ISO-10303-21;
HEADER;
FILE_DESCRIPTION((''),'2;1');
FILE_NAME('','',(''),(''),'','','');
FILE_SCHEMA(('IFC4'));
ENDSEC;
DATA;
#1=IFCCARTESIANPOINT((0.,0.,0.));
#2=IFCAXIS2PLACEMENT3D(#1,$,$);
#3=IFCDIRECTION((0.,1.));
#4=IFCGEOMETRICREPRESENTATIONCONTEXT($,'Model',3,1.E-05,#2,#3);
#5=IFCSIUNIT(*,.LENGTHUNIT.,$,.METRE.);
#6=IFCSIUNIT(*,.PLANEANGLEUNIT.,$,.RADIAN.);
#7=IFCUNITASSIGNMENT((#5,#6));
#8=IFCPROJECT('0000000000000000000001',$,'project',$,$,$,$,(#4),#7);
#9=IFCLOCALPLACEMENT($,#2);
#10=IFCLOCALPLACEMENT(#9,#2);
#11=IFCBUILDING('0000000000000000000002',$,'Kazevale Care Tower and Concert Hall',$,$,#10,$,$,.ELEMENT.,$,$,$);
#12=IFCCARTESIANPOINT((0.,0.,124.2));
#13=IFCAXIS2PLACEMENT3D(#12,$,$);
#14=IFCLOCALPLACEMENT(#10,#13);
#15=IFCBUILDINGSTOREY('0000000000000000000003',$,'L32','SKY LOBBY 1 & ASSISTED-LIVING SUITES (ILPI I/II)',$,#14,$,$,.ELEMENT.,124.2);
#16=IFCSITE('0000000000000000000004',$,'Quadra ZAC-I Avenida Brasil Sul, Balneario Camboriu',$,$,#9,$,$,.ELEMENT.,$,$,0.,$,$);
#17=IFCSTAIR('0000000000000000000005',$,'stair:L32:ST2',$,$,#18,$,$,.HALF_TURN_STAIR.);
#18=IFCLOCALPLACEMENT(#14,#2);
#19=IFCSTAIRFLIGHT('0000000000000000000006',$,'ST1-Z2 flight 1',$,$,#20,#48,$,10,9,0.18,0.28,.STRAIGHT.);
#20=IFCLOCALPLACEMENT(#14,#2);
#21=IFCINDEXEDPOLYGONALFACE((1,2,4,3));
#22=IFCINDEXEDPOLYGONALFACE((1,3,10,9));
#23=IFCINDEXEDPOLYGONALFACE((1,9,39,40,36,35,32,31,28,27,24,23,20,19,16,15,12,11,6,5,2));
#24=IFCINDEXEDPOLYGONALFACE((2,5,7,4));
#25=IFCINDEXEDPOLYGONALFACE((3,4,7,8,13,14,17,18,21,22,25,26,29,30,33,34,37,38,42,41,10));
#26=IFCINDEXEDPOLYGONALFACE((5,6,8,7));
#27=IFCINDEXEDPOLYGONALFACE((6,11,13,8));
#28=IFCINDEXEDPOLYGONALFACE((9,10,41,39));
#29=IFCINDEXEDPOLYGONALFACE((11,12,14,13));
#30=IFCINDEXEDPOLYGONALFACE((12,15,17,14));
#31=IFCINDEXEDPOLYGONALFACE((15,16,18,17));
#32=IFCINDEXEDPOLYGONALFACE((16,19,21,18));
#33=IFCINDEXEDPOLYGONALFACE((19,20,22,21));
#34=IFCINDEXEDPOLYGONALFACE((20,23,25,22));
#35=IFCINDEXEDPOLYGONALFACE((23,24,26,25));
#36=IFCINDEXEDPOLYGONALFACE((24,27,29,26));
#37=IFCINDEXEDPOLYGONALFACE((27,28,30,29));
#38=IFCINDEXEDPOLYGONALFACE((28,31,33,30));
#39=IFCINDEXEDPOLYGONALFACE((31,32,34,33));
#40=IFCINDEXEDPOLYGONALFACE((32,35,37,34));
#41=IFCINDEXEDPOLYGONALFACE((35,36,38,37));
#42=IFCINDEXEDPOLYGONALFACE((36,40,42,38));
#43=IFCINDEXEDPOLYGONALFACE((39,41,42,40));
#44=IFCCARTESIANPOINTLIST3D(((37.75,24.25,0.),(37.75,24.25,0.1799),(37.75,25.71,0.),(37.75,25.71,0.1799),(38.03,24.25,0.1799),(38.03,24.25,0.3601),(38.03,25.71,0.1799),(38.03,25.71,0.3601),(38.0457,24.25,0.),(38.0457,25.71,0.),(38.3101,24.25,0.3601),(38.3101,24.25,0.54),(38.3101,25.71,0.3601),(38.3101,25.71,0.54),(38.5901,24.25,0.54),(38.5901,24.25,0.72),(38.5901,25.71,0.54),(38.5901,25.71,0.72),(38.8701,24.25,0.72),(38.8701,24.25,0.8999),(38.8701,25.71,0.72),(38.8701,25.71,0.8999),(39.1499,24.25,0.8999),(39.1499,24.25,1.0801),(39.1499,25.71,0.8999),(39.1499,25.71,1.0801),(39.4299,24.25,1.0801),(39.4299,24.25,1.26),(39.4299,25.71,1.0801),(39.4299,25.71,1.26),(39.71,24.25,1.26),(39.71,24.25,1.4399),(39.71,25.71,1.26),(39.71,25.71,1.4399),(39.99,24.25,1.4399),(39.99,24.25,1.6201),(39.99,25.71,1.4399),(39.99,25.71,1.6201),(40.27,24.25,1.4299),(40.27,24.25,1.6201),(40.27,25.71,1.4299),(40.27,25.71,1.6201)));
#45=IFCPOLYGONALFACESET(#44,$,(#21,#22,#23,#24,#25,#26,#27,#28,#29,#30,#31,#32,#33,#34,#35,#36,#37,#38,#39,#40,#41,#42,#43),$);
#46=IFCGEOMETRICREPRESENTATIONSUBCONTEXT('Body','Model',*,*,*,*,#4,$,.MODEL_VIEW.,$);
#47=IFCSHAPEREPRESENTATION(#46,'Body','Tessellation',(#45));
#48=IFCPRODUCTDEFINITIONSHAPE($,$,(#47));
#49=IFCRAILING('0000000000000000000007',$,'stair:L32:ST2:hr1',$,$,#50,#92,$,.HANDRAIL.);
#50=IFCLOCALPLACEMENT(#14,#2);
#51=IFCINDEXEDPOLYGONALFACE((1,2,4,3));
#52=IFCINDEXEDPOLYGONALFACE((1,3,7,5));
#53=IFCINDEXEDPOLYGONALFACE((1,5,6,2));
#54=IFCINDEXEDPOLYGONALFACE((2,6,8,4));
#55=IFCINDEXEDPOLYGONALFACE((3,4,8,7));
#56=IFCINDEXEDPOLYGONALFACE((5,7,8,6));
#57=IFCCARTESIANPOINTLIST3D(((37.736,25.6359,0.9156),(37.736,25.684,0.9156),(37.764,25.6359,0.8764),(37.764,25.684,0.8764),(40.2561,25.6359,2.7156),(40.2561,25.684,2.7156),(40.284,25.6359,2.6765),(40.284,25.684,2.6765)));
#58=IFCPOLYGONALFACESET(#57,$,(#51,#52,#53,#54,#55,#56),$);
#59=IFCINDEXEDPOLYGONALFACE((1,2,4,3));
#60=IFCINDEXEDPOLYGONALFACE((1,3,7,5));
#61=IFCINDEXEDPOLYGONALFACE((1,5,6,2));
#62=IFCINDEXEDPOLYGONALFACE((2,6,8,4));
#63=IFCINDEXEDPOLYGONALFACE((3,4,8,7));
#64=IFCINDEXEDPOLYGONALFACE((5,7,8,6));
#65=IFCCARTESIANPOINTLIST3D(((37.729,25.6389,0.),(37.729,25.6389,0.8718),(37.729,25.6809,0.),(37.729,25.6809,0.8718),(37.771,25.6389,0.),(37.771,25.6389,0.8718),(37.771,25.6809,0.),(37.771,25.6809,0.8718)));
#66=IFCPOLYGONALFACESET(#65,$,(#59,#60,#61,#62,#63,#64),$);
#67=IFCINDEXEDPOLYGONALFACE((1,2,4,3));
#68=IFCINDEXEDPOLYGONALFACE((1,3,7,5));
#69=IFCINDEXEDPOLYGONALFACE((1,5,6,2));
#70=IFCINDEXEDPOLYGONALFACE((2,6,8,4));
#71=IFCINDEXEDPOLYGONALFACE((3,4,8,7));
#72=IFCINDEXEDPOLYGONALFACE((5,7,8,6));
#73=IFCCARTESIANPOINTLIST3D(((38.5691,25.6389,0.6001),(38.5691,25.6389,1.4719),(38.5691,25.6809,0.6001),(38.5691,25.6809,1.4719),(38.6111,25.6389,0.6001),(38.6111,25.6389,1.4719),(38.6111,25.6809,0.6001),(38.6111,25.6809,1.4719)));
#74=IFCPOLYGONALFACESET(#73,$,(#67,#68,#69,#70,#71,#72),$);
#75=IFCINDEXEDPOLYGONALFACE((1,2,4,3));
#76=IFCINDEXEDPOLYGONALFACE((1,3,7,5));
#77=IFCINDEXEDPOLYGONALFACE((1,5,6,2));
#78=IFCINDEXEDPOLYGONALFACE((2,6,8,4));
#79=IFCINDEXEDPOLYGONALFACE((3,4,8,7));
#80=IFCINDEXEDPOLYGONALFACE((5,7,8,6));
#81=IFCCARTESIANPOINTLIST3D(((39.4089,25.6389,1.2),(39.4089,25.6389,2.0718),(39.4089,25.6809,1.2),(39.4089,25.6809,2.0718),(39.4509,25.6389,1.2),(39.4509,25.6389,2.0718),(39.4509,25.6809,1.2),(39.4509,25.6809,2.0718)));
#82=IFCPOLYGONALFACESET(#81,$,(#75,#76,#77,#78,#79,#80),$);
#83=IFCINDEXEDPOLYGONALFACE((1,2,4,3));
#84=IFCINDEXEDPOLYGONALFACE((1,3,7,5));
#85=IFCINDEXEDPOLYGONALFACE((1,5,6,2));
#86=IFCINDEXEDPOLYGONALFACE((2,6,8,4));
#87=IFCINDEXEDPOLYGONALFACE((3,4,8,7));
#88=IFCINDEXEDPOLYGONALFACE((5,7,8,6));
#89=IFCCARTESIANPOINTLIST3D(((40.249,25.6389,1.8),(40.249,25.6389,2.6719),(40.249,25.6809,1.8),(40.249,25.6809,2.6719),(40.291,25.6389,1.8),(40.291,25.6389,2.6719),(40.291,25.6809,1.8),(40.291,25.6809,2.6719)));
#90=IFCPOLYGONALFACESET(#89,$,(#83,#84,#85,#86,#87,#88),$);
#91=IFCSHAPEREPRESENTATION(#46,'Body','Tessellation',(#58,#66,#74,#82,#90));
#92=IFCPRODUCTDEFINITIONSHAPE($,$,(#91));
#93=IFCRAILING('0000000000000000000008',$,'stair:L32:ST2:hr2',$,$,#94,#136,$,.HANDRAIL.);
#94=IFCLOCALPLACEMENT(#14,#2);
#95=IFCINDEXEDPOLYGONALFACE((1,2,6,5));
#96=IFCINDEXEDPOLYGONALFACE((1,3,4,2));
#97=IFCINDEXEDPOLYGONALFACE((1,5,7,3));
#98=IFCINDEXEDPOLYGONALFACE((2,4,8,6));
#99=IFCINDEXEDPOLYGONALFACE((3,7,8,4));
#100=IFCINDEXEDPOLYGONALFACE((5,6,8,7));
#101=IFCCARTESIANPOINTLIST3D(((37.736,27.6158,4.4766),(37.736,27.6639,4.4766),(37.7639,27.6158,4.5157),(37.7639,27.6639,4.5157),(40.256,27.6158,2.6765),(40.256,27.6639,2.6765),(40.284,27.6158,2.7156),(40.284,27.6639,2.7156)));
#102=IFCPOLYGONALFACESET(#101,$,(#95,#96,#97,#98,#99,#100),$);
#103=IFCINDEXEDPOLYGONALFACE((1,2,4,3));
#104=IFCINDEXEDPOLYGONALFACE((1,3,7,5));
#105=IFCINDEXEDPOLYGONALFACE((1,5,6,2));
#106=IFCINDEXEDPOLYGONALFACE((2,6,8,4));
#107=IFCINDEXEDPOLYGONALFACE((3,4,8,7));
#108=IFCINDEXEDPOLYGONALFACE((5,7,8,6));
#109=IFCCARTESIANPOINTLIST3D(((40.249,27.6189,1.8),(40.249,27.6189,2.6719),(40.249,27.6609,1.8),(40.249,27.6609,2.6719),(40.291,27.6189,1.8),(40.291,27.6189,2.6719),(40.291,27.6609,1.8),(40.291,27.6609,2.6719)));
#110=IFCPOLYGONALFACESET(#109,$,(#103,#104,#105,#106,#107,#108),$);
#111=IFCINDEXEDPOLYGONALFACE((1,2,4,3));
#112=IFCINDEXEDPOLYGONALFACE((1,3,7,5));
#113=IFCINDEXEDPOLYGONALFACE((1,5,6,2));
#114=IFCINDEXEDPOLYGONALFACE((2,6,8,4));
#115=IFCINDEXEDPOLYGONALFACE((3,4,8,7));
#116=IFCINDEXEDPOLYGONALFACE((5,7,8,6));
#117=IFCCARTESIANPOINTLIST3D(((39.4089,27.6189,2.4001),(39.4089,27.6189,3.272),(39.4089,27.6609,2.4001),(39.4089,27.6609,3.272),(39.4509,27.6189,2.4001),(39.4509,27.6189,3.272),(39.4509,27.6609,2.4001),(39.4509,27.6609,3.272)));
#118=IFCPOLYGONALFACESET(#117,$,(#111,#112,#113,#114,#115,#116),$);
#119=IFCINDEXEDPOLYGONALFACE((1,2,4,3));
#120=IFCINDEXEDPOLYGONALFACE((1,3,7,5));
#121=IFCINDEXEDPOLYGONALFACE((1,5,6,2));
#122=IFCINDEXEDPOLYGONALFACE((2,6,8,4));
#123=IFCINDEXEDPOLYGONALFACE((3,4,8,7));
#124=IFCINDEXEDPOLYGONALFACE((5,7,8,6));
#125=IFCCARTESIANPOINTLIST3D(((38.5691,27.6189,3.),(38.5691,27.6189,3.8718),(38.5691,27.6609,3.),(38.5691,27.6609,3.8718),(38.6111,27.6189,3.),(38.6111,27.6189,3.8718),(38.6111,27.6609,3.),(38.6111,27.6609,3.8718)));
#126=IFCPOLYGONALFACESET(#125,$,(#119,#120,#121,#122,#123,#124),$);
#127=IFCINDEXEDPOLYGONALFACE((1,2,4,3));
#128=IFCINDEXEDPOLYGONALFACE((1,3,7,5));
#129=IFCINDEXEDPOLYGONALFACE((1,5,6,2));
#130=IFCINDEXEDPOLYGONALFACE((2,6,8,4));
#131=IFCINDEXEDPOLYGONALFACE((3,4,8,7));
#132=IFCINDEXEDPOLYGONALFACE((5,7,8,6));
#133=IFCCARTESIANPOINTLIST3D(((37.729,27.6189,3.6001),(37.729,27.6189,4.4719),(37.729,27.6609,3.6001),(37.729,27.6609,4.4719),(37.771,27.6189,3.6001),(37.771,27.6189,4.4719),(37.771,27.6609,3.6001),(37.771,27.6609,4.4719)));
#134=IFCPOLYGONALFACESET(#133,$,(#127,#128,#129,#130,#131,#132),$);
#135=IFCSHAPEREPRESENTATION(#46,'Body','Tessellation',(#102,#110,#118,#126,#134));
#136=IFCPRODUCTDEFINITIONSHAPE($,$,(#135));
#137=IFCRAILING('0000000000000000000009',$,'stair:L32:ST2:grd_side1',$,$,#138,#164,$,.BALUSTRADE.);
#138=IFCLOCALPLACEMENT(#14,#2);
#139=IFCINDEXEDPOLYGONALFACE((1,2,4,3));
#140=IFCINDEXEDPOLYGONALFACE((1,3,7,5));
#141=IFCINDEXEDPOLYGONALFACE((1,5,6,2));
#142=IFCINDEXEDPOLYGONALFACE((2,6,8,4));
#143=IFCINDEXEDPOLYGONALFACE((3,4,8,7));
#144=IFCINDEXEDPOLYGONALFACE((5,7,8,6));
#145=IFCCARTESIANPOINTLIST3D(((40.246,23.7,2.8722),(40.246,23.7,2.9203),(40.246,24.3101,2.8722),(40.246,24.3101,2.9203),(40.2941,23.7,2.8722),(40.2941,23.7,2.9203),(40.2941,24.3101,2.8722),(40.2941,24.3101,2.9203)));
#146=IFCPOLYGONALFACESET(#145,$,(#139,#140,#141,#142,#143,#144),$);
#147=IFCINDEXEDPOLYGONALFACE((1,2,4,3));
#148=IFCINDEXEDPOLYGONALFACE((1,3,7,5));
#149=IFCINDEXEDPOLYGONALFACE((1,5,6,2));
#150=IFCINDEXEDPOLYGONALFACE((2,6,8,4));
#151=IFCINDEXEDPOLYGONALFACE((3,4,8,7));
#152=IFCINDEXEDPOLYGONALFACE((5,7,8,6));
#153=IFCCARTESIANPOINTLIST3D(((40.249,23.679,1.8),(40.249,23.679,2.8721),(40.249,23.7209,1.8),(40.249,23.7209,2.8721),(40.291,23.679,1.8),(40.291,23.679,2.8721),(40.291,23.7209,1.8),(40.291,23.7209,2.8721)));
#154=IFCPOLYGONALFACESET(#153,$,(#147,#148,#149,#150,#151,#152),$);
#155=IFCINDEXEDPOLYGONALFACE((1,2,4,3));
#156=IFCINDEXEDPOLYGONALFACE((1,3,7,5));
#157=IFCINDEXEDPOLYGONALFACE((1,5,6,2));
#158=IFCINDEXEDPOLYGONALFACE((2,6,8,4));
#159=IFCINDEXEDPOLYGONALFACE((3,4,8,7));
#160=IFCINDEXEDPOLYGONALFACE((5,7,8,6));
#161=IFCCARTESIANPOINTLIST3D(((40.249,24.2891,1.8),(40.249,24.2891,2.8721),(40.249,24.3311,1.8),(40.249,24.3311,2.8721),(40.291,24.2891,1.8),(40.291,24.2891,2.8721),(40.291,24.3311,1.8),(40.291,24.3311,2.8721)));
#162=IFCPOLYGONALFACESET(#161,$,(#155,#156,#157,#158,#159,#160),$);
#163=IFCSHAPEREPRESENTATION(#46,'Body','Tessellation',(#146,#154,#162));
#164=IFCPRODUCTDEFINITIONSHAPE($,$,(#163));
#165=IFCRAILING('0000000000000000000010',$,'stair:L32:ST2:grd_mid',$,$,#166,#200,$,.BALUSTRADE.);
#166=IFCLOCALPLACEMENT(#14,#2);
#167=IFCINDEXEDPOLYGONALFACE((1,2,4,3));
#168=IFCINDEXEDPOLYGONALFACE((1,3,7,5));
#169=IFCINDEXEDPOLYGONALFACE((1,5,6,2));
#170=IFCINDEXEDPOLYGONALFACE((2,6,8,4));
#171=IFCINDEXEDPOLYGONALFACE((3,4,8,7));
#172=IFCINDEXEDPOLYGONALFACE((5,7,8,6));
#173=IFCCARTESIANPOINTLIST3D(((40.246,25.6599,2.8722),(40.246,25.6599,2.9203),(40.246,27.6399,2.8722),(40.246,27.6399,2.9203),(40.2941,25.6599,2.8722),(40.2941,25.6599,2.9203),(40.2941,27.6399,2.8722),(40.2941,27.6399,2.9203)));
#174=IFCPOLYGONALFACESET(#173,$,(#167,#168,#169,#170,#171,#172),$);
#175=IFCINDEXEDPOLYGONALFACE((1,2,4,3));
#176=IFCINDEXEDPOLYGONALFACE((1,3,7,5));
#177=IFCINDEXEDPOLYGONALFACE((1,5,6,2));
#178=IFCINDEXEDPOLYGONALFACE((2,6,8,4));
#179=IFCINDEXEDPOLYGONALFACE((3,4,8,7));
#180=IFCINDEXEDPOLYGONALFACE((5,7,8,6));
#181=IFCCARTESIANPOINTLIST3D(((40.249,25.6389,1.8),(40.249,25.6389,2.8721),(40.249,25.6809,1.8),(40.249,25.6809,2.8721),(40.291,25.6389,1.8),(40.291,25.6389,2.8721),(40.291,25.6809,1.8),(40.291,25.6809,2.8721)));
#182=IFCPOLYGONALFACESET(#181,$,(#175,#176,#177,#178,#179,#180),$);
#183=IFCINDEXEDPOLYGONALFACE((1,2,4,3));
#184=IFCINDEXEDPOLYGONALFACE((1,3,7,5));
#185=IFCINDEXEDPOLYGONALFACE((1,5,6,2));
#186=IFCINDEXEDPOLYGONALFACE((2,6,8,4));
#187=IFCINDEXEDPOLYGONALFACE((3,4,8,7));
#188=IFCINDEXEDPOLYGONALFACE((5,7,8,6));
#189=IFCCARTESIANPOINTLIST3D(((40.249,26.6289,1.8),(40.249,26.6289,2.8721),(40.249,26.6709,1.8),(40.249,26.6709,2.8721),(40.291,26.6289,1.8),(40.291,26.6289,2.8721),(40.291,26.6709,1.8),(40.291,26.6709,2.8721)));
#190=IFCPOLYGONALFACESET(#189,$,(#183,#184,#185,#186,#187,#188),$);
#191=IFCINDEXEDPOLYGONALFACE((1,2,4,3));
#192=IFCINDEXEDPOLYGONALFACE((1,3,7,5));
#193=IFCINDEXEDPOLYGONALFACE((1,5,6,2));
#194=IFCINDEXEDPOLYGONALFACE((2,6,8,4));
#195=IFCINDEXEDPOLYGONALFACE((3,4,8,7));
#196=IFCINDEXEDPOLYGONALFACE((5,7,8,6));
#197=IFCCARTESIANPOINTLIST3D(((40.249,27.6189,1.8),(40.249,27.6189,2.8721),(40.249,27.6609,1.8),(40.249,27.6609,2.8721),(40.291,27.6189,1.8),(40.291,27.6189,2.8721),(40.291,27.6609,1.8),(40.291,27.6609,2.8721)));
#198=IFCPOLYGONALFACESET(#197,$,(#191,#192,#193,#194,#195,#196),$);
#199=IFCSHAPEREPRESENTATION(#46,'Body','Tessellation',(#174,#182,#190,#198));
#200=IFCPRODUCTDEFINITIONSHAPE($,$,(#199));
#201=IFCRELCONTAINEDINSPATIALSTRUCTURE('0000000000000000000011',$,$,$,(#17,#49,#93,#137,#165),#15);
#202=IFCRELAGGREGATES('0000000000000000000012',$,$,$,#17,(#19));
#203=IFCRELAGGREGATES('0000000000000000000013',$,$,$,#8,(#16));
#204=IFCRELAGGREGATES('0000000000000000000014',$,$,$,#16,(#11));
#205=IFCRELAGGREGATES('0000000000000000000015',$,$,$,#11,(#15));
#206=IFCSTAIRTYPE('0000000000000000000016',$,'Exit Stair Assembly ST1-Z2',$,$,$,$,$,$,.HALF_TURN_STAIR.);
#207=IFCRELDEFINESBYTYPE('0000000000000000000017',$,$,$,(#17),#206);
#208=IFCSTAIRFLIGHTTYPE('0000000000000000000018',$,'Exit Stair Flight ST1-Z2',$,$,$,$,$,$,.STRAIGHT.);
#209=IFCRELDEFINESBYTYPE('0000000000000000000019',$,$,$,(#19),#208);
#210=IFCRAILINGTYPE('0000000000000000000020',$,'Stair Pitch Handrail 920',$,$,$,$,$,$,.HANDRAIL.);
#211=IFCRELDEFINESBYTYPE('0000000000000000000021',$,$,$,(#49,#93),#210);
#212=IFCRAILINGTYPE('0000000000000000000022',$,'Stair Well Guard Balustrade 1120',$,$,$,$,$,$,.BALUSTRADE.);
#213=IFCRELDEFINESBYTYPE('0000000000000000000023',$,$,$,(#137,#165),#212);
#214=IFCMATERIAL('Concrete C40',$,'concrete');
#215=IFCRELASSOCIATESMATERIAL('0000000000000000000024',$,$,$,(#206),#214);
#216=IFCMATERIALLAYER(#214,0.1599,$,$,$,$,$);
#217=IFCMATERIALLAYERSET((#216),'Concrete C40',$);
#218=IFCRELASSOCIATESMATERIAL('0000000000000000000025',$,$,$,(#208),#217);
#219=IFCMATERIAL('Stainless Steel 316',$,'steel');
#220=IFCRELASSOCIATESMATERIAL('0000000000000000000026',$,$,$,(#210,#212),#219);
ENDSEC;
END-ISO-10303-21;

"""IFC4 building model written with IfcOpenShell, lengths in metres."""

from ifc_helpers import new_model, si_unit, direction, frame, origin, origin_2d, place, context, subcontext, project, spatial, polyline, rectangle, outline, extrude, material, layer, layer_set, type_object, element, aggregate, save


model = new_model("IFC4")

# Units and contexts
model_context = context("Model", 3, precision=1e-05, world=origin(), true_north=direction((0.0, 1.0)))
body_context = subcontext(model_context, "Body", "Model", "MODEL_VIEW")
ifc_project = project(units=[si_unit("LENGTHUNIT", "METRE"), si_unit("PLANEANGLEUNIT", "RADIAN")], contexts=[model_context])

# Site, building, storey
site_placement = place(None, origin())
site = spatial("IfcSite", under=ifc_project, at=site_placement, Name="Quadra ZAC-I Avenida Brasil Sul, Balneario Camboriu", CompositionType="ELEMENT", RefElevation=0.0)
building_placement = place(site_placement, origin())
building = spatial("IfcBuilding", under=site, at=building_placement, Name="Kazevale Care Tower and Concert Hall", CompositionType="ELEMENT")
storey_placement = place(building_placement, frame((0.0, 0.0, 124.2)))
storey = spatial("IfcBuildingStorey", under=building, at=storey_placement, Name="L32", Description="SKY LOBBY 1 & ASSISTED-LIVING SUITES (ILPI I/II)", CompositionType="ELEMENT", Elevation=124.2)

# Stair, stair flight
ifc_material_1 = material(Name="Concrete C40", Category="concrete")
stair_type = type_object("IfcStairType", Name="Exit Stair Assembly ST1-Z2", PredefinedType="HALF_TURN_STAIR", material=ifc_material_1)
stair_placement = place(storey_placement, origin())
stair = element("IfcStair", 1, at=stair_placement, inside=storey, type_object=stair_type, Name="stair:L32:ST2", PredefinedType="HALF_TURN_STAIR")
ifc_layer_1 = layer(ifc_material_1, 0.1599)
ifc_layer_set_1 = layer_set([ifc_layer_1], Name="Concrete C40")
stair_flight_type = type_object("IfcStairFlightType", Name="Exit Stair Flight ST1-Z2", PredefinedType="STRAIGHT", material=ifc_layer_set_1)
stair_flight_placement = place(storey_placement, frame((37.75, 24.98, 0.0), z_axis=(0.0, 0.0, 1.0), x_axis=(1.0, 0.0, 0.0)))
stair_flight = element("IfcStairFlight", 2, at=stair_flight_placement, type_object=stair_flight_type, Name="ST1-Z2 flight 1", NumberOfRisers=10, NumberOfTreads=9, PredefinedType="STRAIGHT", RiserHeight=0.18, TreadLength=0.28, context=body_context, shape_type="SweptSolid", body=[
    extrude(outline(polyline([(0.0, 0.0), (0.0, 0.1799), (0.28, 0.1799), (0.28, 0.3601), (0.5601, 0.3601), (0.5601, 0.54), (0.8401, 0.54), (0.8401, 0.72), (1.1201, 0.72), (1.1201, 0.8999), (1.3999, 0.8999), (1.3999, 1.0801), (1.6799, 1.0801), (1.6799, 1.26), (1.96, 1.26), (1.96, 1.4399), (2.24, 1.4399), (2.24, 1.6201), (2.52, 1.6201), (2.52, 1.8), (2.52, 1.4299), (0.2957, 0.0), (0.0, 0.0)])), frame((0.0, 0.73, 0.0), z_axis=(0.0, -1.0, 0.0), x_axis=(1.0, 0.0, 0.0)), (0.0, 0.0, 1.0), 1.46),
])
aggregate(stair, [stair_flight])

# Railings
ifc_material_2 = material(Name="Stainless Steel 316", Category="steel")
railing_type_1 = type_object("IfcRailingType", Name="Stair Pitch Handrail 920", PredefinedType="HANDRAIL", material=ifc_material_2)
railing_1_placement = place(storey_placement, frame((37.75, 25.6599, 0.0)))
element("IfcRailing", 3, at=railing_1_placement, inside=storey, type_object=railing_type_1, Name="stair:L32:ST2:hr1", PredefinedType="HANDRAIL", context=body_context, shape_type="SweptSolid", body=[
    extrude(rectangle(XDim=0.0481, YDim=0.0481, at=origin_2d()), frame((0.0, 0.0, 0.896), z_axis=(0.813728, 0.0, 0.581246), x_axis=(0.0, 1.0, 0.0)), (0.0, 0.0, 1.0), 3.0969),
    extrude(rectangle(XDim=0.042, YDim=0.042, at=origin_2d()), origin(), (0.0, 0.0, 1.0), 0.8718),
    extrude(rectangle(XDim=0.042, YDim=0.042, at=origin_2d()), frame((0.8401, 0.0, 0.6001)), (0.0, 0.0, 1.0), 0.8718),
    extrude(rectangle(XDim=0.042, YDim=0.042, at=origin_2d()), frame((1.6799, 0.0, 1.2)), (0.0, 0.0, 1.0), 0.8718),
    extrude(rectangle(XDim=0.042, YDim=0.042, at=origin_2d()), frame((2.52, 0.0, 1.8)), (0.0, 0.0, 1.0), 0.8718),
])
railing_2_placement = place(storey_placement, frame((40.27, 27.6399, 1.8)))
element("IfcRailing", 4, at=railing_2_placement, inside=storey, type_object=railing_type_1, Name="stair:L32:ST2:hr2", PredefinedType="HANDRAIL", context=body_context, shape_type="SweptSolid", body=[
    extrude(rectangle(XDim=0.0481, YDim=0.0481, at=origin_2d()), frame((0.0, 0.0, 0.896), z_axis=(-0.813728, 0.0, 0.581246), x_axis=(0.0, -1.0, 0.0)), (0.0, 0.0, 1.0), 3.0969),
    extrude(rectangle(XDim=0.042, YDim=0.042, at=origin_2d()), origin(), (0.0, 0.0, 1.0), 0.8718),
    extrude(rectangle(XDim=0.042, YDim=0.042, at=origin_2d()), frame((-0.8401, 0.0, 0.6001)), (0.0, 0.0, 1.0), 0.8718),
    extrude(rectangle(XDim=0.042, YDim=0.042, at=origin_2d()), frame((-1.6799, 0.0, 1.2)), (0.0, 0.0, 1.0), 0.8718),
    extrude(rectangle(XDim=0.042, YDim=0.042, at=origin_2d()), frame((-2.52, 0.0, 1.8)), (0.0, 0.0, 1.0), 0.8718),
])
railing_type_2 = type_object("IfcRailingType", Name="Stair Well Guard Balustrade 1120", PredefinedType="BALUSTRADE", material=ifc_material_2)
railing_3_placement = place(storey_placement, frame((40.27, 23.7, 1.8)))
element("IfcRailing", 5, at=railing_3_placement, inside=storey, type_object=railing_type_2, Name="stair:L32:ST2:grd_side1", PredefinedType="BALUSTRADE", context=body_context, shape_type="SweptSolid", body=[
    extrude(rectangle(XDim=0.0481, YDim=0.0481, at=origin_2d()), frame((0.0, 0.0, 1.0962), z_axis=(0.0, 1.0, 0.0), x_axis=(-1.0, 0.0, 0.0)), (0.0, 0.0, 1.0), 0.6101),
    extrude(rectangle(XDim=0.042, YDim=0.042, at=origin_2d()), origin(), (0.0, 0.0, 1.0), 1.072),
    extrude(rectangle(XDim=0.042, YDim=0.042, at=origin_2d()), frame((0.0, 0.6101, 0.0)), (0.0, 0.0, 1.0), 1.072),
])
for number, where, name in (
    (6, (40.27, 25.6599, 1.8), "stair:L32:ST2:grd_mid"),
):
    element("IfcRailing", number, at=place(storey_placement, frame(where)), inside=storey, type_object=railing_type_2, Name=name, PredefinedType="BALUSTRADE", context=body_context, shape_type="SweptSolid", body=[
        extrude(rectangle(XDim=0.0481, YDim=0.0481, at=origin_2d()), frame((0.0, 0.0, 1.0962), z_axis=(0.0, 1.0, 0.0), x_axis=(-1.0, 0.0, 0.0)), (0.0, 0.0, 1.0), 1.98),
        extrude(rectangle(XDim=0.042, YDim=0.042, at=origin_2d()), origin(), (0.0, 0.0, 1.0), 1.072),
        extrude(rectangle(XDim=0.042, YDim=0.042, at=origin_2d()), frame((0.0, 0.99, 0.0)), (0.0, 0.0, 1.0), 1.072),
        extrude(rectangle(XDim=0.042, YDim=0.042, at=origin_2d()), frame((0.0, 1.98, 0.0)), (0.0, 0.0, 1.0), 1.072),
    ])

save(model, "model.ifc")
